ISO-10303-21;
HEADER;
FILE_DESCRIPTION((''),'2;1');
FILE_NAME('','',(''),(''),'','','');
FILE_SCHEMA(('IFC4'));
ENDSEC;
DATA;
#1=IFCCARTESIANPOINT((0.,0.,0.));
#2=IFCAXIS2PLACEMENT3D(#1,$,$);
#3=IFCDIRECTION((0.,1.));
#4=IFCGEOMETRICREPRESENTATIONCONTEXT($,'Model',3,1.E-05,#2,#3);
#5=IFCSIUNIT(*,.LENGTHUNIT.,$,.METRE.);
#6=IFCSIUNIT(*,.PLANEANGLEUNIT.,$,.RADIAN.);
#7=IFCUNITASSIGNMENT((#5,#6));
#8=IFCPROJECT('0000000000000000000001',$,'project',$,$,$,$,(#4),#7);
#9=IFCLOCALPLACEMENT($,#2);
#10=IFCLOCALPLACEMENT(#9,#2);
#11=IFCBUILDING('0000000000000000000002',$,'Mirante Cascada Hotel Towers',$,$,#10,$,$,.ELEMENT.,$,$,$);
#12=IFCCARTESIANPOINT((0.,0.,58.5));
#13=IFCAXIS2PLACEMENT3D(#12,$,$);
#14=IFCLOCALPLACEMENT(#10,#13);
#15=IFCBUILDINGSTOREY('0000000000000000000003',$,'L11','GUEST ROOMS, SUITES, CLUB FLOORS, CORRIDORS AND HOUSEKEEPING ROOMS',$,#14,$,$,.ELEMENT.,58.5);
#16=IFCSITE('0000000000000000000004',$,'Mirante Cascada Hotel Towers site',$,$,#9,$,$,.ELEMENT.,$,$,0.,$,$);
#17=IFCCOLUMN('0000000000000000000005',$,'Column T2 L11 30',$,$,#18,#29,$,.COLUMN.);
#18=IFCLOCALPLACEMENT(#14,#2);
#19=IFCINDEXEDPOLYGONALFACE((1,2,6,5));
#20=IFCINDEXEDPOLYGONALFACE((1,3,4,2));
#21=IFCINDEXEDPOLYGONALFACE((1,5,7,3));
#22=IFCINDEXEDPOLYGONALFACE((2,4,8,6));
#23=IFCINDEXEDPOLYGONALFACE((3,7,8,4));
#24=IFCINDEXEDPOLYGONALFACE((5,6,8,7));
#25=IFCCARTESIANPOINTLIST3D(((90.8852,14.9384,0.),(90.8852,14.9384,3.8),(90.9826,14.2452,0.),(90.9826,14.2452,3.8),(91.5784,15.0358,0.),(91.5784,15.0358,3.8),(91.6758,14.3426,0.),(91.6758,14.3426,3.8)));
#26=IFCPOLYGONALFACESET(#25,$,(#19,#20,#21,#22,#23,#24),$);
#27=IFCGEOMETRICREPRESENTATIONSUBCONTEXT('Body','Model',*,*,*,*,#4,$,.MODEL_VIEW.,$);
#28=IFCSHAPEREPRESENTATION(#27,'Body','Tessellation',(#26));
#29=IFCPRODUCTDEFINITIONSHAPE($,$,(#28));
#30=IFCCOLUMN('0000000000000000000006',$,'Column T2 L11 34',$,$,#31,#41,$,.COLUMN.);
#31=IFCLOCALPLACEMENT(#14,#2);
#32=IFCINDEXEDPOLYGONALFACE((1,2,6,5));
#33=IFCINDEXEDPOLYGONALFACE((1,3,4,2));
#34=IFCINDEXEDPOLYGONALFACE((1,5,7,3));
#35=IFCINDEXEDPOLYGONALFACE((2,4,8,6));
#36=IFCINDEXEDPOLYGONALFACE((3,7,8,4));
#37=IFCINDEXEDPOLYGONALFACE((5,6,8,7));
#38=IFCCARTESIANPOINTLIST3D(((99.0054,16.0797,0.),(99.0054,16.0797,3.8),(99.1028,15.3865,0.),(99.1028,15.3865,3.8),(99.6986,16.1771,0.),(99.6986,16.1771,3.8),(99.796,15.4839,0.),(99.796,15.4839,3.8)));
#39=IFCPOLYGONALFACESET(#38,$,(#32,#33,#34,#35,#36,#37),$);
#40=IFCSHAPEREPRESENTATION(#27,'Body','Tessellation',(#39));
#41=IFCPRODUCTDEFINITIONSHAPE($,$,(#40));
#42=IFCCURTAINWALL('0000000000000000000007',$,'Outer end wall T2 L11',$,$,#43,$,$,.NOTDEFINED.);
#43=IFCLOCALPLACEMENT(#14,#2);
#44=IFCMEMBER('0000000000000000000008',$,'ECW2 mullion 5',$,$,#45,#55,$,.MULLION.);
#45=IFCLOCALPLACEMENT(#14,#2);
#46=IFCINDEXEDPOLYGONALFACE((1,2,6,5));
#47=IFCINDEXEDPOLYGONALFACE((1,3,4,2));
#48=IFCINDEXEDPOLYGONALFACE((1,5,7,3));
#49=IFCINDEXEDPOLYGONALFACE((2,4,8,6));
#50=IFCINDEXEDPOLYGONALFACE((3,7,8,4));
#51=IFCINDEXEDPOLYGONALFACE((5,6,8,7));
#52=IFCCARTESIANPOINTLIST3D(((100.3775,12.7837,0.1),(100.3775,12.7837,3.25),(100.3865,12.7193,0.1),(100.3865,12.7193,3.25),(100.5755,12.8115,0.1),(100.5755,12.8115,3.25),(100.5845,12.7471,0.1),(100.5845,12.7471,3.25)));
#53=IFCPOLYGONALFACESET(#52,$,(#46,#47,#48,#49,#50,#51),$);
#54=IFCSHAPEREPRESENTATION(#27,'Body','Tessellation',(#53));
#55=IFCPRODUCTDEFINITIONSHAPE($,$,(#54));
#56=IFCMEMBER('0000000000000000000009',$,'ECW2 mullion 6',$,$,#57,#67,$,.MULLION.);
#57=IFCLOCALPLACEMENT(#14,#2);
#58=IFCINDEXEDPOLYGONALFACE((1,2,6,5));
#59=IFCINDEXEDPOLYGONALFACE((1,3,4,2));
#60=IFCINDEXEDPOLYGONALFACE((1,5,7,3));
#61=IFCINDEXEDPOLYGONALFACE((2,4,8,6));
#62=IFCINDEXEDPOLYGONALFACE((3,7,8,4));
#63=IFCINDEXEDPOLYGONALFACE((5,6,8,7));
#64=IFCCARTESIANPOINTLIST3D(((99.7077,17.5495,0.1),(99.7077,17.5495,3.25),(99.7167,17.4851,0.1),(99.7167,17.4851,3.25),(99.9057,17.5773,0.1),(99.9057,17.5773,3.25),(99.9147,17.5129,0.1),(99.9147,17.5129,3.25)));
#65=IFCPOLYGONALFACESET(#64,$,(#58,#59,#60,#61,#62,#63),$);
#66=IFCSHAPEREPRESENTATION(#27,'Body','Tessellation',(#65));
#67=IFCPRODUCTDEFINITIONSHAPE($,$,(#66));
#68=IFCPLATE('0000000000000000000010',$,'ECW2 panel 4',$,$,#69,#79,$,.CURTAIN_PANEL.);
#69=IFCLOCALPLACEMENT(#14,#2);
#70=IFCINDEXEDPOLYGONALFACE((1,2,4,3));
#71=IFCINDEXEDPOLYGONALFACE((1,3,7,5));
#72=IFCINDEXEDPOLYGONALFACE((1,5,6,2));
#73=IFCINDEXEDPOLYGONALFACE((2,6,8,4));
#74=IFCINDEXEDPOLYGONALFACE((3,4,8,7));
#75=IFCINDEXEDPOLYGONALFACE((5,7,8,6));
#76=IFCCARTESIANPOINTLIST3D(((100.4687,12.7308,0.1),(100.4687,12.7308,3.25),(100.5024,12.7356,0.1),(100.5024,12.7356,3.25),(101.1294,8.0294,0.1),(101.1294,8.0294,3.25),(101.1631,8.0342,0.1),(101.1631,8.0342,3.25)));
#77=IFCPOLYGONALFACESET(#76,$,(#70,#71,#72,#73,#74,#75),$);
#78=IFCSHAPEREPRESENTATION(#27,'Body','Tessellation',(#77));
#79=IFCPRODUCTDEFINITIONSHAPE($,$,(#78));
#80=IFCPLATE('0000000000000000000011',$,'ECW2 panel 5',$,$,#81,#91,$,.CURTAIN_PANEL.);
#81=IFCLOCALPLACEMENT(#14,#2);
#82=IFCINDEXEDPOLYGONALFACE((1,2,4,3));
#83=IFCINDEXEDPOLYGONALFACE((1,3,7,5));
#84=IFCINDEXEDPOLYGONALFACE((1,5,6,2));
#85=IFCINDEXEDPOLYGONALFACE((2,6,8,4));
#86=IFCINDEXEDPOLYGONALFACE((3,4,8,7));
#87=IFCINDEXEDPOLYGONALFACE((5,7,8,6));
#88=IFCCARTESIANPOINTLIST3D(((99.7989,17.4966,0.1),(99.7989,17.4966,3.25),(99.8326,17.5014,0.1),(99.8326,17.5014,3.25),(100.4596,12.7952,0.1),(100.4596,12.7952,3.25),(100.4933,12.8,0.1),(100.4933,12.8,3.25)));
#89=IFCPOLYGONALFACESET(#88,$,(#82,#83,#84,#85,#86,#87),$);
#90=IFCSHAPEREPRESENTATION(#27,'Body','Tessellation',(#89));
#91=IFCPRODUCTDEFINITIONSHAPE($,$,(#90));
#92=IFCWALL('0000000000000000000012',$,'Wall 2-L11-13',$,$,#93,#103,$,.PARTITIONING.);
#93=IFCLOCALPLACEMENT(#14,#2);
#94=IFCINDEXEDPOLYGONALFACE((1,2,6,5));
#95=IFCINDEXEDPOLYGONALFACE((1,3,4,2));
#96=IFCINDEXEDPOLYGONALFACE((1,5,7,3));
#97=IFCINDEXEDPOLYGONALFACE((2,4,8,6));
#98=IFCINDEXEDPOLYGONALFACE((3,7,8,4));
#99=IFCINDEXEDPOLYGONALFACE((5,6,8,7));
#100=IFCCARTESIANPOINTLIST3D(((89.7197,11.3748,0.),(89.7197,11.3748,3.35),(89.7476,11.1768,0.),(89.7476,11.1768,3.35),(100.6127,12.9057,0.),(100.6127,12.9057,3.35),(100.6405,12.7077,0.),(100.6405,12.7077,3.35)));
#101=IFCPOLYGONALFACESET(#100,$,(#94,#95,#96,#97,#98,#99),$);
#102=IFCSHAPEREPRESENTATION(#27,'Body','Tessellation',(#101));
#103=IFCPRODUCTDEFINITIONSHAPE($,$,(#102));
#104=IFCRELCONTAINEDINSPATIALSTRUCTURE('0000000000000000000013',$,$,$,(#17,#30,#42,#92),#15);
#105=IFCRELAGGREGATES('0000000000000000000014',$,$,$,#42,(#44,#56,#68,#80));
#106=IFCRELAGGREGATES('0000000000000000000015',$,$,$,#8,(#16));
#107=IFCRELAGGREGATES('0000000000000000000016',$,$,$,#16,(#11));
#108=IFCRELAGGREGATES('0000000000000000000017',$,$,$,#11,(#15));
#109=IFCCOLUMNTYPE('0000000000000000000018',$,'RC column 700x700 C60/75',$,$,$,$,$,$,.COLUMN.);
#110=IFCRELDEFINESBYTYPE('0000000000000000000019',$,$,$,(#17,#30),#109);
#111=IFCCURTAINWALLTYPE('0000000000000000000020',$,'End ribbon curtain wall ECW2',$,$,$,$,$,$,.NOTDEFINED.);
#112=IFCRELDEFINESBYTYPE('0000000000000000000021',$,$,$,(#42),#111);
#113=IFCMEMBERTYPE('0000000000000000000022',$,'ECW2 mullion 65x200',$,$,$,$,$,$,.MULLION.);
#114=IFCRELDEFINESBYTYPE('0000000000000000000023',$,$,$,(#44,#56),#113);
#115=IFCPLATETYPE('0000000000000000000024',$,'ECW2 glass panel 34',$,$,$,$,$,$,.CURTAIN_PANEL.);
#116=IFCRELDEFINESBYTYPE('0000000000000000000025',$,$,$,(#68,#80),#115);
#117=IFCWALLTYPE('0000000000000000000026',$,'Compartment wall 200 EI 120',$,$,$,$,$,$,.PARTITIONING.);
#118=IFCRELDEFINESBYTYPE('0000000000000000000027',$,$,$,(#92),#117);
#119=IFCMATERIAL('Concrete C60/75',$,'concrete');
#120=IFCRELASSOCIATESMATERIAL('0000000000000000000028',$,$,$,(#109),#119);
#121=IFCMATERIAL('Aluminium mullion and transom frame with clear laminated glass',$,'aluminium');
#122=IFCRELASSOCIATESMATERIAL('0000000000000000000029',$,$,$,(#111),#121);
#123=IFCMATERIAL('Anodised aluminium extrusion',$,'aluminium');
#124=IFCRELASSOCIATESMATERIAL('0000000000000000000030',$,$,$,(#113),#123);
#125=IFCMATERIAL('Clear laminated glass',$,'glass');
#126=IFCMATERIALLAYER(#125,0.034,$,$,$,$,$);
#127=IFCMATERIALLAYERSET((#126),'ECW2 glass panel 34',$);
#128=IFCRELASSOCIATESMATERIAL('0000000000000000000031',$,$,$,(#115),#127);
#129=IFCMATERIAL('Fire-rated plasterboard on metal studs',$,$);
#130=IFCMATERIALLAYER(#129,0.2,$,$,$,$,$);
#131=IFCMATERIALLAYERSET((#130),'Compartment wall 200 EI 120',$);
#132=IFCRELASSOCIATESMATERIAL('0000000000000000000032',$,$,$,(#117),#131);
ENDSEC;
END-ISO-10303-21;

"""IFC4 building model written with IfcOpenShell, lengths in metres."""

from ifc_helpers import new_model, si_unit, direction, frame, frame_2d, origin, origin_2d, place, context, subcontext, project, spatial, rectangle, extrude, material, layer, layer_set, material_profile, profile_set, type_object, element, aggregate, save


model = new_model("IFC4")

# Units and contexts
model_context = context("Model", 3, precision=1e-05, world=origin(), true_north=direction((0.0, 1.0)))
body_context = subcontext(model_context, "Body", "Model", "MODEL_VIEW")
ifc_project = project(units=[si_unit("LENGTHUNIT", "METRE"), si_unit("PLANEANGLEUNIT", "RADIAN")], contexts=[model_context])

# Site, building, storey
site_placement = place(None, origin())
site = spatial("IfcSite", under=ifc_project, at=site_placement, Name="Mirante Cascada Hotel Towers site", CompositionType="ELEMENT", RefElevation=0.0)
building_placement = place(site_placement, origin())
building = spatial("IfcBuilding", under=site, at=building_placement, Name="Mirante Cascada Hotel Towers", CompositionType="ELEMENT")
storey_placement = place(building_placement, frame((0.0, 0.0, 58.5)))
storey = spatial("IfcBuildingStorey", under=building, at=storey_placement, Name="L11", Description="GUEST ROOMS, SUITES, CLUB FLOORS, CORRIDORS AND HOUSEKEEPING ROOMS", CompositionType="ELEMENT", Elevation=58.5)

# Columns
ifc_material_1 = material(Name="Concrete C60/75", Category="concrete")
ifc_material_profile_1 = material_profile(ifc_material_1, rectangle(XDim=0.7, YDim=0.7, at=origin_2d()), Name="RC column 700x700 C60/75")
ifc_profile_set_1 = profile_set([ifc_material_profile_1], Name="Concrete C60/75")
column_type = type_object("IfcColumnType", Name="RC column 700x700 C60/75", PredefinedType="COLUMN", material=ifc_profile_set_1)
for number, where, z_axis, x_axis, name in (
    (1, (91.2805, 14.6405, 0.0), (0.0, 0.0, 1.0), (0.990268, 0.139173, 0.0), "Column T2 L11 30"),
    (2, (99.4007, 15.7818, 0.0), (0.0, 0.0, 1.0), (0.990268, 0.139173, 0.0), "Column T2 L11 34"),
):
    element("IfcColumn", number, at=place(storey_placement, frame(where, z_axis=z_axis, x_axis=x_axis)), inside=storey, type_object=column_type, Name=name, PredefinedType="COLUMN", context=body_context, shape_type="SweptSolid", body=[
        extrude(rectangle(XDim=0.7, YDim=0.7, at=origin_2d()), origin(), (0.0, 0.0, 1.0), 3.8),
    ])

# Curtain wall, members, plates
ifc_material_2 = material(Name="Aluminium mullion and transom frame with clear laminated glass", Category="aluminium")
curtain_wall_type = type_object("IfcCurtainWallType", Name="End ribbon curtain wall ECW2", PredefinedType="NOTDEFINED", material=ifc_material_2)
curtain_wall_placement = place(storey_placement, origin())
curtain_wall = element("IfcCurtainWall", 3, at=curtain_wall_placement, inside=storey, type_object=curtain_wall_type, Name="Outer end wall T2 L11", PredefinedType="NOTDEFINED")
ifc_material_3 = material(Name="Anodised aluminium extrusion", Category="aluminium")
ifc_material_profile_2 = material_profile(ifc_material_3, rectangle(XDim=0.2, YDim=0.065, at=origin_2d()), Name="ECW2 MULLION 65x200")
ifc_profile_set_2 = profile_set([ifc_material_profile_2], Name="Anodised aluminium extrusion")
member_type = type_object("IfcMemberType", Name="ECW2 mullion 65x200", PredefinedType="MULLION", material=ifc_profile_set_2)
member_1_placement = place(storey_placement, frame((100.481, 12.7654, 0.1), z_axis=(0.0, 0.0, 1.0), x_axis=(-0.990268, -0.139173, 0.0)))
member_1 = element("IfcMember", 4, at=member_1_placement, type_object=member_type, Name="ECW2 mullion 5", PredefinedType="MULLION", context=body_context, shape_type="SweptSolid", body=[
    extrude(rectangle(XDim=0.2, YDim=0.065, at=origin_2d()), origin(), (0.0, 0.0, 1.0), 3.15),
])
member_2_placement = place(storey_placement, frame((99.8112, 17.5312, 0.1), z_axis=(0.0, 0.0, 1.0), x_axis=(-0.990268, -0.139173, 0.0)))
member_2 = element("IfcMember", 5, at=member_2_placement, type_object=member_type, Name="ECW2 mullion 6", PredefinedType="MULLION", context=body_context, shape_type="SweptSolid", body=[
    extrude(rectangle(XDim=0.2, YDim=0.065, at=origin_2d()), origin(), (0.0, 0.0, 1.0), 3.15),
])
ifc_material_4 = material(Name="Clear laminated glass", Category="glass")
ifc_layer_1 = layer(ifc_material_4, 0.034)
ifc_layer_set_1 = layer_set([ifc_layer_1], Name="ECW2 glass panel 34")
plate_type = type_object("IfcPlateType", Name="ECW2 glass panel 34", PredefinedType="CURTAIN_PANEL", material=ifc_layer_set_1)
plate_1_placement = place(storey_placement, frame((100.8159, 10.3825, 0.1), z_axis=(0.0, 0.0, 1.0), x_axis=(-0.139173, 0.990268, 0.0)))
plate_1 = element("IfcPlate", 6, at=plate_1_placement, type_object=plate_type, Name="ECW2 panel 4", PredefinedType="CURTAIN_PANEL", context=body_context, shape_type="SweptSolid", body=[
    extrude(rectangle(XDim=4.7476, YDim=0.034, at=origin_2d()), origin(), (0.0, 0.0, 1.0), 3.15),
])
plate_2_placement = place(storey_placement, frame((100.1461, 15.1483, 0.1), z_axis=(0.0, 0.0, 1.0), x_axis=(-0.139173, 0.990268, 0.0)))
plate_2 = element("IfcPlate", 7, at=plate_2_placement, type_object=plate_type, Name="ECW2 panel 5", PredefinedType="CURTAIN_PANEL", context=body_context, shape_type="SweptSolid", body=[
    extrude(rectangle(XDim=4.7476, YDim=0.034, at=origin_2d()), origin(), (0.0, 0.0, 1.0), 3.15),
])
aggregate(curtain_wall, [member_1, member_2, plate_1, plate_2])

# Wall
ifc_material_5 = material(Name="Fire-rated plasterboard on metal studs")
ifc_layer_2 = layer(ifc_material_5, 0.2)
ifc_layer_set_2 = layer_set([ifc_layer_2], Name="Compartment wall 200 EI 120")
wall_type_1 = type_object("IfcWallType", Name="Compartment wall 200 EI 120", PredefinedType="PARTITIONING", material=ifc_layer_set_2)
wall_1_placement = place(storey_placement, frame((100.6266, 12.8067, 0.0), z_axis=(0.0, 0.0, 1.0), x_axis=(-0.990268, -0.139173, 0.0)))
element("IfcWall", 8, at=wall_1_placement, inside=storey, type_object=wall_type_1, Name="Wall 2-L11-13", PredefinedType="PARTITIONING", context=body_context, shape_type="SweptSolid", body=[
    extrude(rectangle(XDim=11.0, YDim=0.2, at=frame_2d((5.5, 0.0))), origin(), (0.0, 0.0, 1.0), 3.35),
])

save(model, "model.ifc")
